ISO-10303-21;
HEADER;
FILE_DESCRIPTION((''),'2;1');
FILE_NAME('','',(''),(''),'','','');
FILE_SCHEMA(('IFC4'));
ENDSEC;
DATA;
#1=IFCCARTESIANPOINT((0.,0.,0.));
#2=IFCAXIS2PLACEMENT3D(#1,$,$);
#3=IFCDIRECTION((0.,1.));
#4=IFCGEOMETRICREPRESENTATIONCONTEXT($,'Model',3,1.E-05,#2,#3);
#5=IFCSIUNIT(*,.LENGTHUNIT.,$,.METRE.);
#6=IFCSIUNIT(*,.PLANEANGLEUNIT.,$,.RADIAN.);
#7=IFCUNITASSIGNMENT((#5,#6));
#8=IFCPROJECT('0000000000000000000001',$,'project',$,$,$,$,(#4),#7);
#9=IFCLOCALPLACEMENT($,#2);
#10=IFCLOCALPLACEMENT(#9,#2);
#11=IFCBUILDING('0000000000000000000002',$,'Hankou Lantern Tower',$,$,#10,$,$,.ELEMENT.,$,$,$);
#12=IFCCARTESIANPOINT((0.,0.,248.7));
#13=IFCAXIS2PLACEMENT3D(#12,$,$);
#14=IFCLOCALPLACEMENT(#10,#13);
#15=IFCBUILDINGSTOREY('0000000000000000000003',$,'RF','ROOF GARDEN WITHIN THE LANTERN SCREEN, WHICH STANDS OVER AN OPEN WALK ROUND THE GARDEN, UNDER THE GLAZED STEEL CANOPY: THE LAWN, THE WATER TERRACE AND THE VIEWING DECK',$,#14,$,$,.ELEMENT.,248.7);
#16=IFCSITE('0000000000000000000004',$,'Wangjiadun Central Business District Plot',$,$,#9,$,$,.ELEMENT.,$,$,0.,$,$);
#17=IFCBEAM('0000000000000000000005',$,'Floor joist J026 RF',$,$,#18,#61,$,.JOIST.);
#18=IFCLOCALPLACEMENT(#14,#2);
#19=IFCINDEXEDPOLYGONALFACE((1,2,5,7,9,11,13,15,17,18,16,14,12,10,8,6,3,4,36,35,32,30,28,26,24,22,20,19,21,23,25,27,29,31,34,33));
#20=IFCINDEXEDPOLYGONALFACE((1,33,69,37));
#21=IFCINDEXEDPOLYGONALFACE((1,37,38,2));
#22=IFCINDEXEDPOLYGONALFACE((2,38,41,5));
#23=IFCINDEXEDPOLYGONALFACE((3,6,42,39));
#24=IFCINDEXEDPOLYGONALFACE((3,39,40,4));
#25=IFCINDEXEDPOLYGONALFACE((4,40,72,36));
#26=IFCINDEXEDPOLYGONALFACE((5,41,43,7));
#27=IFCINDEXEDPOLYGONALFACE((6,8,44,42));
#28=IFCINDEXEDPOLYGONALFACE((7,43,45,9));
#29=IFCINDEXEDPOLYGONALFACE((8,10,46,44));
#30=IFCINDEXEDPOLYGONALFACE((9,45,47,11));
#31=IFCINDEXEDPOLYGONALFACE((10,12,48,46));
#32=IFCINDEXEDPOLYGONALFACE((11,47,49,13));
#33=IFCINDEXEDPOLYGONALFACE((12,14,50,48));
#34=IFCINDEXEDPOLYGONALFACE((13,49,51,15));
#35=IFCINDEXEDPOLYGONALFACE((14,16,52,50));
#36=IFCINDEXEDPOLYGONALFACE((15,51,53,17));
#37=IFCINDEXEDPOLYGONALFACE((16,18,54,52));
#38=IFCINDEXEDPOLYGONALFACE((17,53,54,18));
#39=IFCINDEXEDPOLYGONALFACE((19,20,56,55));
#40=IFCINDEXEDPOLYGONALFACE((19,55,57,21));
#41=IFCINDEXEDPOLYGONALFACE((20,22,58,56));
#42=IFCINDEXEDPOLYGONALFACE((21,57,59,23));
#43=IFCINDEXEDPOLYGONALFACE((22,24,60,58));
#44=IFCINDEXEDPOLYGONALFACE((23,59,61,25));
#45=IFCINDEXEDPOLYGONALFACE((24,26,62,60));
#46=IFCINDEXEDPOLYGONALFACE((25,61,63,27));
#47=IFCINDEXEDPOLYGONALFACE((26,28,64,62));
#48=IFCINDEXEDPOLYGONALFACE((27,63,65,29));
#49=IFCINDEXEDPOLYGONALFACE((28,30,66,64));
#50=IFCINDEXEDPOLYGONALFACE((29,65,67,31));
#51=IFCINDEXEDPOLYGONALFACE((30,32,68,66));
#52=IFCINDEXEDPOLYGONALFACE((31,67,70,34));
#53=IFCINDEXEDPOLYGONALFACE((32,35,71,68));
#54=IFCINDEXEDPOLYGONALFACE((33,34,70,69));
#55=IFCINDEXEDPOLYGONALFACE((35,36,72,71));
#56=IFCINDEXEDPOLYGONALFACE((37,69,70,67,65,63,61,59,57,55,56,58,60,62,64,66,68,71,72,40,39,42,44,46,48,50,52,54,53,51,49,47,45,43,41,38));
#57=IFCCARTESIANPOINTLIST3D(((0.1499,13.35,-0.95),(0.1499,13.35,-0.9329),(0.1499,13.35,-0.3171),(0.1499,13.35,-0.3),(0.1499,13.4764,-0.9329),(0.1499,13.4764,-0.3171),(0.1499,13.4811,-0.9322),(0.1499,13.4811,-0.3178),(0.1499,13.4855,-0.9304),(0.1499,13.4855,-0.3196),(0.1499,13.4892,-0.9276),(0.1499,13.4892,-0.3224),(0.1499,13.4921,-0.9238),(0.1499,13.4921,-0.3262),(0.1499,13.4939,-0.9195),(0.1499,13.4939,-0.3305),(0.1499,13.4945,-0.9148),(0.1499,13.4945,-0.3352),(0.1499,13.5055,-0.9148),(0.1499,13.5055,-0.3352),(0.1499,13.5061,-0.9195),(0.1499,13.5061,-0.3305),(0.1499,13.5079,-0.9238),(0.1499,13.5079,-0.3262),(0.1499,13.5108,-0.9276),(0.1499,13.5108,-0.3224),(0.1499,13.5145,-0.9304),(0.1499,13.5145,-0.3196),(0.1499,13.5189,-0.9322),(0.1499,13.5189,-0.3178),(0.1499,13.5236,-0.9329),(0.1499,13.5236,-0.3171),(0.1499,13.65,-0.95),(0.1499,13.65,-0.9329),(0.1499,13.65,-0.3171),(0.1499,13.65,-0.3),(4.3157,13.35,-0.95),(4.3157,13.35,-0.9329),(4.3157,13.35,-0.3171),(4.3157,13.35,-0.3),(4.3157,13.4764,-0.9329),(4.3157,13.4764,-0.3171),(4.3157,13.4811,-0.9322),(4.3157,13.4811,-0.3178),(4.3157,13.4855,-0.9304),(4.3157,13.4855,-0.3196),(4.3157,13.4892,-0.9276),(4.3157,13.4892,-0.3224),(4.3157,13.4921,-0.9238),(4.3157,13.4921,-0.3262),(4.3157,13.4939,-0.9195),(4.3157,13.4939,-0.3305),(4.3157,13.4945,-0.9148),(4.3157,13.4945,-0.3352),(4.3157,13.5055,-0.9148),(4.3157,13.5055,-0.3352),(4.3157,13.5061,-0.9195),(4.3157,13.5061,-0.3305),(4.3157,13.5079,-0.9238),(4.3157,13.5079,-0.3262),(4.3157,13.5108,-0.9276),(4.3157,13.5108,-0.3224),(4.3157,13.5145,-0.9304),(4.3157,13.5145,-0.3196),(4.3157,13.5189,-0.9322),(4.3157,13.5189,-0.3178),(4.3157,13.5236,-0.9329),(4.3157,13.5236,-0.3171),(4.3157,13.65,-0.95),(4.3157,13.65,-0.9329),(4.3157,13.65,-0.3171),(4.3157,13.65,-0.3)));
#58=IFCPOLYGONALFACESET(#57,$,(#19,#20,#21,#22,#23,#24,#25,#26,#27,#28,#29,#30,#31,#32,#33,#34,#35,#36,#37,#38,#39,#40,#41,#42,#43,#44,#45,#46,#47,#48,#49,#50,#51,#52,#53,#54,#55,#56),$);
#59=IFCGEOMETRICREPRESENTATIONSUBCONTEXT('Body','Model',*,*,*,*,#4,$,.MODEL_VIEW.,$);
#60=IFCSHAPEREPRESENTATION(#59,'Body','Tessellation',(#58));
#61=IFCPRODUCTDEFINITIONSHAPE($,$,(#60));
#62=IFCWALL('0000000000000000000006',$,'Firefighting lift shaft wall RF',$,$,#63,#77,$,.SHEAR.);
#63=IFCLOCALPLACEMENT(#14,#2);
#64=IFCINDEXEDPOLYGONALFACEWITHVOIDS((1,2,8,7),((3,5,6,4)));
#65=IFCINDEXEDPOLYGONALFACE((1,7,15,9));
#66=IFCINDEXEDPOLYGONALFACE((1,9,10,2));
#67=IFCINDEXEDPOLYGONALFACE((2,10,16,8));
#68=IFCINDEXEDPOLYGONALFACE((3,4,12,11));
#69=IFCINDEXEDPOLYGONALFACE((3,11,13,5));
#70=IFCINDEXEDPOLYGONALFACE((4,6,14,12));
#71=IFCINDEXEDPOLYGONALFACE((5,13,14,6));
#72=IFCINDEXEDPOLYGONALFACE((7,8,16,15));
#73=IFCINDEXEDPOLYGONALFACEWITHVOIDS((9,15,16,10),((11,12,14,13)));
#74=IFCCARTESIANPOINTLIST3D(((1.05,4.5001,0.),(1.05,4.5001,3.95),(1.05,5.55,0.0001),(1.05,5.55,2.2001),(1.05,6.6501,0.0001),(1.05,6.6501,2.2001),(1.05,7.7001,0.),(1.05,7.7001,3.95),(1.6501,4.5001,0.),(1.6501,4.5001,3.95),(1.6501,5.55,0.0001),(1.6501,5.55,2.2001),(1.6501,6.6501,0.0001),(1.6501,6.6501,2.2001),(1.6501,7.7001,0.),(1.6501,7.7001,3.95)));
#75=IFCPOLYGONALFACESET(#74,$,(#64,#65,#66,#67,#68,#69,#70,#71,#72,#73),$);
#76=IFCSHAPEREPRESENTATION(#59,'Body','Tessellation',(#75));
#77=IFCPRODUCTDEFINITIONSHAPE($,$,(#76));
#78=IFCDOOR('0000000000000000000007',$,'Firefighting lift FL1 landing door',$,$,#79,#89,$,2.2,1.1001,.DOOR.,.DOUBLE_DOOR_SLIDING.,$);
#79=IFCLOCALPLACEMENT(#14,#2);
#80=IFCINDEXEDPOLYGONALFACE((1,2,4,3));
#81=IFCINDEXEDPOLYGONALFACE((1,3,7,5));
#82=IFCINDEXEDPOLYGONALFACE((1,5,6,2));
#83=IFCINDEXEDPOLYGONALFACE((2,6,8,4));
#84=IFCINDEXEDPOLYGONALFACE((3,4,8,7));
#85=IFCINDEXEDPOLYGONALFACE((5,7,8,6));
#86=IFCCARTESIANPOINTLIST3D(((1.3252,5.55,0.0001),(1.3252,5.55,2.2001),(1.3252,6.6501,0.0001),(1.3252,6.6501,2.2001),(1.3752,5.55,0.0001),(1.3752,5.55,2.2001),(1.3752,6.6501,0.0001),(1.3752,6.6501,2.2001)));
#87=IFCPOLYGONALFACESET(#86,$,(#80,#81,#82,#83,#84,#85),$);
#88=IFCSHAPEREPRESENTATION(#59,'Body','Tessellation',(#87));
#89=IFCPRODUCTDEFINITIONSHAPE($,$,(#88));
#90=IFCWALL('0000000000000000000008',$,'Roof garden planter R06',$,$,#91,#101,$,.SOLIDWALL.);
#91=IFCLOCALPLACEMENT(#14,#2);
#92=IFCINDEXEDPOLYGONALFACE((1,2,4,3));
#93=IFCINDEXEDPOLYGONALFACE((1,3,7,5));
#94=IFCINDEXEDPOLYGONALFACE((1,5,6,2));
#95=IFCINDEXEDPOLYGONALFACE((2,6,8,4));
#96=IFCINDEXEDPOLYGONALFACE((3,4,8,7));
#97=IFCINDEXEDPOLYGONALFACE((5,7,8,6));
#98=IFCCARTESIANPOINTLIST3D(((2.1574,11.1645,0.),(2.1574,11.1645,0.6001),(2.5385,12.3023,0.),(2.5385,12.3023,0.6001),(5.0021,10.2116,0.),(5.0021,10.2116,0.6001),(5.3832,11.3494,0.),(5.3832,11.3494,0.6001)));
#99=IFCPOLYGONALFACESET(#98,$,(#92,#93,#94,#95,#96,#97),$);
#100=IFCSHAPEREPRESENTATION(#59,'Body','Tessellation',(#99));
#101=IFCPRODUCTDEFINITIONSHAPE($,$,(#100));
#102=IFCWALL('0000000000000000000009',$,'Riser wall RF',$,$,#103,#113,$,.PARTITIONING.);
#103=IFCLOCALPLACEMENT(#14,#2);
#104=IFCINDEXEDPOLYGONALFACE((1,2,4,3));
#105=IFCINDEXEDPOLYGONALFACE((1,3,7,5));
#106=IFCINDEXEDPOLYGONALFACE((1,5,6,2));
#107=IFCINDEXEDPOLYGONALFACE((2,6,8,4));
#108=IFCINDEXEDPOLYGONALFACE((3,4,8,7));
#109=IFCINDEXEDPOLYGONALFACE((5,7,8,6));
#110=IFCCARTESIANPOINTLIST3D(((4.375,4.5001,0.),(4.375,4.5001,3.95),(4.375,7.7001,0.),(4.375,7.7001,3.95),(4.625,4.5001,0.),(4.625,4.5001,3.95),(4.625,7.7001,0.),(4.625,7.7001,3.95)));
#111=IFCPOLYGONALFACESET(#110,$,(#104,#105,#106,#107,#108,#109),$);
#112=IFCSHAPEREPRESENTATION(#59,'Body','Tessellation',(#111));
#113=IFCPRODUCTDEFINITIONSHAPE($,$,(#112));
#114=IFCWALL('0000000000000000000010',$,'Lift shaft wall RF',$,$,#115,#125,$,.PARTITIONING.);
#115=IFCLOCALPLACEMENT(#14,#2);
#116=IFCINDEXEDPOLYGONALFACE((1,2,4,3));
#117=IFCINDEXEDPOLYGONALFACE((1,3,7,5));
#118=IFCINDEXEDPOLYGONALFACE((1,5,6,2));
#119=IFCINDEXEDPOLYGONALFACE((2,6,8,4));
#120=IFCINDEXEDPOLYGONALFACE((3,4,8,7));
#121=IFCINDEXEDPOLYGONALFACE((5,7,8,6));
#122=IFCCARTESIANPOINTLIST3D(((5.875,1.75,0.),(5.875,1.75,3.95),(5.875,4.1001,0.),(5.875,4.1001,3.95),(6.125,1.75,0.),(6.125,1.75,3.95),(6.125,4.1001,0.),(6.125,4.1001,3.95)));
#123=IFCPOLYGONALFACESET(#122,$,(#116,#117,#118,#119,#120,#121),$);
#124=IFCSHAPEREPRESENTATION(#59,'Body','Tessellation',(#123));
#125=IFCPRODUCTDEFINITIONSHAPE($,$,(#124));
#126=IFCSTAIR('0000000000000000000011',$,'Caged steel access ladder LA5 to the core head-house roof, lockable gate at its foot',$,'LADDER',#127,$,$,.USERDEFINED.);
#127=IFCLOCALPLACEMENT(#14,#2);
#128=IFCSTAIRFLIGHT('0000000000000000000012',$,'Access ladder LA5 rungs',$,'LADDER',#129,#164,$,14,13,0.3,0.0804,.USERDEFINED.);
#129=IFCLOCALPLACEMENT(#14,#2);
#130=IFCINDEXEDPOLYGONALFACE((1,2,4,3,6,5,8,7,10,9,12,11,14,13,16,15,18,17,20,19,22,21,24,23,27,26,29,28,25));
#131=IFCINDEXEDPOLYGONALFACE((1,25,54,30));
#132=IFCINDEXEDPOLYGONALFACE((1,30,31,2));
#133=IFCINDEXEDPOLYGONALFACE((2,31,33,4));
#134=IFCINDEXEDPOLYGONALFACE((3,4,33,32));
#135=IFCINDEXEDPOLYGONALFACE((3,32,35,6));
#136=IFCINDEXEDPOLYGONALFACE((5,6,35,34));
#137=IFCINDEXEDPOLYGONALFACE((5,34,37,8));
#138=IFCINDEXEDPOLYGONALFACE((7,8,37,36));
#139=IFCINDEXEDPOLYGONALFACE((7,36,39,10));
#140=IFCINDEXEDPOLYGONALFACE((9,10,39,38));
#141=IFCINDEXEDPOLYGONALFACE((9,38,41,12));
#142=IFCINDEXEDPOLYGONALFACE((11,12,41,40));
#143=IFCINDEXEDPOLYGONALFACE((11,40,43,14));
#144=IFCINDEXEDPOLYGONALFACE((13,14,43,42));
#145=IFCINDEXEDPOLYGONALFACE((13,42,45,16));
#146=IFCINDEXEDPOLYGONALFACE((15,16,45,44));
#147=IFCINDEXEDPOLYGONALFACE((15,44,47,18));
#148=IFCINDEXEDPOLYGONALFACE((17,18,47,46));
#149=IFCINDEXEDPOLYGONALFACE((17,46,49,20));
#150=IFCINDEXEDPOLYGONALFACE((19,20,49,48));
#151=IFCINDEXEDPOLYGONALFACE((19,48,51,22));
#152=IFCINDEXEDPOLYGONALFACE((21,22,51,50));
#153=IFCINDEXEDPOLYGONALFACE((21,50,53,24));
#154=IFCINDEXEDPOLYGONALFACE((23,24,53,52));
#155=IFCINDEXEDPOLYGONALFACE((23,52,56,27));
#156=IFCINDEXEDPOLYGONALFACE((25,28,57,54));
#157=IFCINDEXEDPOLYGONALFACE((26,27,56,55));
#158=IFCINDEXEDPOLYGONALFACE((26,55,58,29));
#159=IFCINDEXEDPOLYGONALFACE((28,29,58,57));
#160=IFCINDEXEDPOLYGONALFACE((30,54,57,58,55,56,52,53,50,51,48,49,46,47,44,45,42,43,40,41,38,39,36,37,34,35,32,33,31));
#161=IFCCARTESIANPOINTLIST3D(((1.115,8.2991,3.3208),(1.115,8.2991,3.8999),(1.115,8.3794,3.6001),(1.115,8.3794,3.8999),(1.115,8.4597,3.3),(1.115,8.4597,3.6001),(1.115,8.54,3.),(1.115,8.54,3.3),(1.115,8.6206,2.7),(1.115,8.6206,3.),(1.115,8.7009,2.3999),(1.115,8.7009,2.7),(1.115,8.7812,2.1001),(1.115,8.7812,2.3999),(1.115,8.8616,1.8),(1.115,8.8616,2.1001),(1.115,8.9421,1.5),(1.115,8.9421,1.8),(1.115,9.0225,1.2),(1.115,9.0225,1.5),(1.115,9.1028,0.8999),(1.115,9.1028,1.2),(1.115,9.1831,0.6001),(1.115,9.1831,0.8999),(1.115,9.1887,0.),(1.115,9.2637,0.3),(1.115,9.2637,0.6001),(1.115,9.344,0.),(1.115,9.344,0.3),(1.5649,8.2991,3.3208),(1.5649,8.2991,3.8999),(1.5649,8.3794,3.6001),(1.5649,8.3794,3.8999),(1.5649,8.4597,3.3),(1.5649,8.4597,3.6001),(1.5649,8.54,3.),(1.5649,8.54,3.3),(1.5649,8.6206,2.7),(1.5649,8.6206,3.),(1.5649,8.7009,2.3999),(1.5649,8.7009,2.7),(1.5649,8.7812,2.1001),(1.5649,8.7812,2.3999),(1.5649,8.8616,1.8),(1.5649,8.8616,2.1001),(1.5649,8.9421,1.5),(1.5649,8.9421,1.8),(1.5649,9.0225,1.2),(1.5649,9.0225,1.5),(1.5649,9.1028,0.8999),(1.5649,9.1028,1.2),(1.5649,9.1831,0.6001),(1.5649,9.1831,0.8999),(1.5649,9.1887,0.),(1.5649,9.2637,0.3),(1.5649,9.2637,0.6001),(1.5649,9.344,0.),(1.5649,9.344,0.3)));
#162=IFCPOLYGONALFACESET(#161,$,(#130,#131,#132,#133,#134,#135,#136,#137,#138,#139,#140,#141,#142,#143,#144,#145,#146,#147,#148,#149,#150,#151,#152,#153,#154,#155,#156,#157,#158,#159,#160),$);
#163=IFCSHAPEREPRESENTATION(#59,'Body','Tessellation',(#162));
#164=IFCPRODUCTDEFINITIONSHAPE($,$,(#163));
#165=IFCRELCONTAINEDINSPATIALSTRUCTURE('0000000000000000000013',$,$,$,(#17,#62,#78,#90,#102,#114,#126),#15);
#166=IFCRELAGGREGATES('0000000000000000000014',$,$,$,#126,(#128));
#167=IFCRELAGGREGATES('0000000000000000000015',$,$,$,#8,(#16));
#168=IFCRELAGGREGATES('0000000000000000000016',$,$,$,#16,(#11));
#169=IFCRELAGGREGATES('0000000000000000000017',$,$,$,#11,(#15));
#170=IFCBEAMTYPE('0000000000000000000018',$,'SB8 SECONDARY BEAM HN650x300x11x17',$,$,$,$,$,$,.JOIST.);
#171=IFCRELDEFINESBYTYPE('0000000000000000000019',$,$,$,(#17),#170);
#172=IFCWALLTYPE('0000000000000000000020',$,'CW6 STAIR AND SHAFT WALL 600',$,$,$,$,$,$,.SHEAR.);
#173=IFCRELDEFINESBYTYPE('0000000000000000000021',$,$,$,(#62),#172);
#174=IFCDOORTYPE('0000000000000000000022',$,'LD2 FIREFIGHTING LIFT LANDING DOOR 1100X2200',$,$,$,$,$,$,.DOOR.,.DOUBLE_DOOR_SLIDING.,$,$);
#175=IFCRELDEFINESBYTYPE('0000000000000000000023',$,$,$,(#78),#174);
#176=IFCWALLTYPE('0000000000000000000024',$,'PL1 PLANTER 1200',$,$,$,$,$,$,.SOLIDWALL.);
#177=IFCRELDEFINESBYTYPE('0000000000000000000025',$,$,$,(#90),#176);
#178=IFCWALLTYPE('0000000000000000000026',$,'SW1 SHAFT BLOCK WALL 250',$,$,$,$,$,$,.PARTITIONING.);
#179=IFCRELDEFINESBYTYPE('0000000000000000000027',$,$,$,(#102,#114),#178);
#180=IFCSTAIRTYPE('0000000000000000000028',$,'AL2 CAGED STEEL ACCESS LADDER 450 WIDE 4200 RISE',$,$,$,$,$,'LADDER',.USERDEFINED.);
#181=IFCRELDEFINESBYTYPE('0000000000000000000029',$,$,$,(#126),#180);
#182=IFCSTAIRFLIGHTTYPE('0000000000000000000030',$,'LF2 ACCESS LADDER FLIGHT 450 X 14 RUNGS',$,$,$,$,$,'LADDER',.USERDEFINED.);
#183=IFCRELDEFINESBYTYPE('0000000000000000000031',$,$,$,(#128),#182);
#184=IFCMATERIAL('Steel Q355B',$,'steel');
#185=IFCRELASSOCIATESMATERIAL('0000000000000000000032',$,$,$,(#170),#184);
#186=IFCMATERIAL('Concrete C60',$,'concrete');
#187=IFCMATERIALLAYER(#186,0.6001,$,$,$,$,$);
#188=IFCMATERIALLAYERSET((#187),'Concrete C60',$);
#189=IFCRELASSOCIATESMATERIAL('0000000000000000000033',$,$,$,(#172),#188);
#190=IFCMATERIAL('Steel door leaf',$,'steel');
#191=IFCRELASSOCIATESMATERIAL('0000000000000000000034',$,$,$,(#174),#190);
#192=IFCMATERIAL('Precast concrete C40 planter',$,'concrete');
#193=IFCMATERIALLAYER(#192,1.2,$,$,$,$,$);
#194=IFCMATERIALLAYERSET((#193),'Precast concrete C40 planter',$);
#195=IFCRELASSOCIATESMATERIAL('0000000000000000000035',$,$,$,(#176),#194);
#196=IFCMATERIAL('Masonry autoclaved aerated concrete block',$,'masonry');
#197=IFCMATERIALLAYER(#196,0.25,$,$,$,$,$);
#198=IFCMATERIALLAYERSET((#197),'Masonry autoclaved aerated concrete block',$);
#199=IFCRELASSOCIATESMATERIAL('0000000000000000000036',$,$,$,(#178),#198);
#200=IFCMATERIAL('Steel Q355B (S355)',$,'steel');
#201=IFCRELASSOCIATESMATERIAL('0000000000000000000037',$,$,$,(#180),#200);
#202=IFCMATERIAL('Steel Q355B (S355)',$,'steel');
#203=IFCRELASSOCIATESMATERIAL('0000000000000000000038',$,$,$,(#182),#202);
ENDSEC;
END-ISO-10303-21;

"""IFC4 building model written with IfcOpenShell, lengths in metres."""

from ifc_helpers import new_model, si_unit, direction, frame, frame_2d, origin, origin_2d, place, context, subcontext, project, spatial, polyline, rectangle, i_section, outline, extrude, material, layer, layer_set, material_profile, profile_set, type_object, element, fill, aggregate, save


model = new_model("IFC4")

# Units and contexts
model_context = context("Model", 3, precision=1e-05, world=origin(), true_north=direction((0.0, 1.0)))
body_context = subcontext(model_context, "Body", "Model", "MODEL_VIEW")
ifc_project = project(units=[si_unit("LENGTHUNIT", "METRE"), si_unit("PLANEANGLEUNIT", "RADIAN")], contexts=[model_context])

# Site, building, storey
site_placement = place(None, origin())
site = spatial("IfcSite", under=ifc_project, at=site_placement, Name="Wangjiadun Central Business District Plot", CompositionType="ELEMENT", RefElevation=0.0)
building_placement = place(site_placement, origin())
building = spatial("IfcBuilding", under=site, at=building_placement, Name="Hankou Lantern Tower", CompositionType="ELEMENT")
storey_placement = place(building_placement, frame((0.0, 0.0, 248.7)))
storey = spatial("IfcBuildingStorey", under=building, at=storey_placement, Name="RF", Description="ROOF GARDEN WITHIN THE LANTERN SCREEN, WHICH STANDS OVER AN OPEN WALK ROUND THE GARDEN, UNDER THE GLAZED STEEL CANOPY: THE LAWN, THE WATER TERRACE AND THE VIEWING DECK", CompositionType="ELEMENT", Elevation=248.7)

# Beam
ifc_material_1 = material(Name="Steel Q355B", Category="steel")
ifc_material_profile_1 = material_profile(ifc_material_1, i_section(OverallWidth=0.3, OverallDepth=0.6499, WebThickness=0.011, FlangeThickness=0.0171, FilletRadius=0.0181, at=origin_2d()), Name="HN650x300x11x17")
ifc_profile_set_1 = profile_set([ifc_material_profile_1], Name="Steel Q355B")
beam_type_1 = type_object("IfcBeamType", Name="SB8 SECONDARY BEAM HN650x300x11x17", PredefinedType="JOIST", material=ifc_profile_set_1)
beam_1_placement = place(storey_placement, frame((0.1499, 13.5, -0.625), z_axis=(1.0, 0.0, 0.0), x_axis=(0.0, 1.0, 0.0)))
element("IfcBeam", 1, at=beam_1_placement, inside=storey, type_object=beam_type_1, Name="Floor joist J026 RF", PredefinedType="JOIST", context=body_context, shape_type="SweptSolid", body=[
    extrude(i_section(OverallWidth=0.3, OverallDepth=0.6499, WebThickness=0.011, FlangeThickness=0.0171, FilletRadius=0.0181, at=origin_2d()), origin(), (0.0, 0.0, 1.0), 4.1658),
])

# Wall, opening, door
ifc_material_2 = material(Name="Concrete C60", Category="concrete")
ifc_layer_1 = layer(ifc_material_2, 0.6001)
ifc_layer_set_1 = layer_set([ifc_layer_1], Name="Concrete C60")
wall_type_1 = type_object("IfcWallType", Name="CW6 STAIR AND SHAFT WALL 600", PredefinedType="SHEAR", material=ifc_layer_set_1)
wall_1_placement = place(storey_placement, frame((1.3501, 4.5, 0.0), z_axis=(0.0, 0.0, 1.0), x_axis=(0.0, 1.0, 0.0)))
wall_1 = element("IfcWall", 2, at=wall_1_placement, inside=storey, type_object=wall_type_1, Name="Firefighting lift shaft wall RF", PredefinedType="SHEAR", context=body_context, shape_type="SweptSolid", body=[
    extrude(rectangle(XDim=3.2, YDim=0.6001, at=frame_2d((1.6001, 0.0))), origin(), (0.0, 0.0, 1.0), 3.95),
])
opening_placement = place(wall_1_placement, frame((1.05, 0.0, 0.0)))
opening = element("IfcOpeningElement", 3, at=opening_placement, cuts=wall_1, PredefinedType="OPENING", context=body_context, shape_type="SweptSolid", body=[
    extrude(rectangle(XDim=1.1001, YDim=2.2, at=frame_2d((0.55, 1.1001))), frame((0.0, 0.3101, 0.0), z_axis=(0.0, -1.0, 0.0), x_axis=(1.0, 0.0, 0.0)), (0.0, 0.0, 1.0), 0.6201),
])
ifc_material_3 = material(Name="Steel door leaf", Category="steel")
door_type = type_object("IfcDoorType", Name="LD2 FIREFIGHTING LIFT LANDING DOOR 1100X2200", OperationType="DOUBLE_DOOR_SLIDING", PredefinedType="DOOR", material=ifc_material_3)
door_placement = place(opening_placement, origin())
door = element("IfcDoor", 4, at=door_placement, inside=storey, type_object=door_type, Name="Firefighting lift FL1 landing door", OperationType="DOUBLE_DOOR_SLIDING", OverallHeight=2.2, OverallWidth=1.1001, PredefinedType="DOOR", context=body_context, shape_type="SweptSolid", body=[
    extrude(rectangle(XDim=1.1001, YDim=2.2, at=frame_2d((0.55, 1.1001))), frame((0.0, 0.0249, 0.0), z_axis=(0.0, -1.0, 0.0), x_axis=(1.0, 0.0, 0.0)), (0.0, 0.0, 1.0), 0.05),
])
fill(opening, door)

# Walls
ifc_material_4 = material(Name="Precast concrete C40 planter", Category="concrete")
ifc_layer_2 = layer(ifc_material_4, 1.2)
ifc_layer_set_2 = layer_set([ifc_layer_2], Name="Precast concrete C40 planter")
wall_type_2 = type_object("IfcWallType", Name="PL1 PLANTER 1200", PredefinedType="SOLIDWALL", material=ifc_layer_set_2)
wall_2_placement = place(storey_placement, frame((5.1926, 10.7805, 0.0), z_axis=(0.0, 0.0, 1.0), x_axis=(-0.948218, 0.317619, 0.0)))
element("IfcWall", 5, at=wall_2_placement, inside=storey, type_object=wall_type_2, Name="Roof garden planter R06", PredefinedType="SOLIDWALL", context=body_context, shape_type="SweptSolid", body=[
    extrude(rectangle(XDim=3.0, YDim=1.2, at=frame_2d((1.5, 0.0))), origin(), (0.0, 0.0, 1.0), 0.6001),
])
ifc_material_5 = material(Name="Masonry autoclaved aerated concrete block", Category="masonry")
ifc_layer_3 = layer(ifc_material_5, 0.25)
ifc_layer_set_3 = layer_set([ifc_layer_3], Name="Masonry autoclaved aerated concrete block")
wall_type_3 = type_object("IfcWallType", Name="SW1 SHAFT BLOCK WALL 250", PredefinedType="PARTITIONING", material=ifc_layer_set_3)
wall_3_placement = place(storey_placement, frame((4.5, 4.5, 0.0), z_axis=(0.0, 0.0, 1.0), x_axis=(0.0, 1.0, 0.0)))
element("IfcWall", 6, at=wall_3_placement, inside=storey, type_object=wall_type_3, Name="Riser wall RF", PredefinedType="PARTITIONING", context=body_context, shape_type="SweptSolid", body=[
    extrude(rectangle(XDim=3.2, YDim=0.25, at=frame_2d((1.6001, 0.0))), origin(), (0.0, 0.0, 1.0), 3.95),
])
wall_4_placement = place(storey_placement, frame((6.0, 1.75, 0.0), z_axis=(0.0, 0.0, 1.0), x_axis=(0.0, 1.0, 0.0)))
element("IfcWall", 7, at=wall_4_placement, inside=storey, type_object=wall_type_3, Name="Lift shaft wall RF", PredefinedType="PARTITIONING", context=body_context, shape_type="SweptSolid", body=[
    extrude(rectangle(XDim=2.3501, YDim=0.25, at=frame_2d((1.175, 0.0))), origin(), (0.0, 0.0, 1.0), 3.95),
])

# Stair, stair flight
ifc_material_6 = material(Name="Steel Q355B (S355)", Category="steel")
stair_type = type_object("IfcStairType", Name="AL2 CAGED STEEL ACCESS LADDER 450 WIDE 4200 RISE", ElementType="LADDER", PredefinedType="USERDEFINED", material=ifc_material_6)
stair_placement = place(storey_placement, origin())
stair = element("IfcStair", 8, at=stair_placement, inside=storey, type_object=stair_type, Name="Caged steel access ladder LA5 to the core head-house roof, lockable gate at its foot", ObjectType="LADDER", PredefinedType="USERDEFINED")
ifc_material_7 = material(Name="Steel Q355B (S355)", Category="steel")
stair_flight_type = type_object("IfcStairFlightType", Name="LF2 ACCESS LADDER FLIGHT 450 X 14 RUNGS", ElementType="LADDER", PredefinedType="USERDEFINED", material=ifc_material_7)
stair_flight_placement = place(storey_placement, frame((1.3398, 9.344, 0.0), z_axis=(0.0, 0.0, 1.0), x_axis=(0.0, -1.0, 0.0)))
stair_flight = element("IfcStairFlight", 9, at=stair_flight_placement, type_object=stair_flight_type, Name="Access ladder LA5 rungs", ObjectType="LADDER", NumberOfRisers=14, NumberOfTreads=13, PredefinedType="USERDEFINED", RiserHeight=0.3, TreadLength=0.0804, context=body_context, shape_type="SweptSolid", body=[
    extrude(outline(polyline([(0.0, 0.0), (0.0, 0.3), (0.0803, 0.3), (0.0803, 0.6001), (0.1609, 0.6001), (0.1609, 0.8999), (0.2412, 0.8999), (0.2412, 1.2), (0.3215, 1.2), (0.3215, 1.5), (0.4019, 1.5), (0.4019, 1.8), (0.4824, 1.8), (0.4824, 2.1001), (0.5627, 2.1001), (0.5627, 2.3999), (0.6431, 2.3999), (0.6431, 2.7), (0.7234, 2.7), (0.7234, 3.0), (0.804, 3.0), (0.804, 3.3), (0.8843, 3.3), (0.8843, 3.6001), (0.9646, 3.6001), (0.9646, 3.8999), (1.0449, 3.8999), (1.0449, 4.2), (1.0449, 3.3208), (0.1553, 0.0), (0.0, 0.0)])), frame((0.0, 0.2251, 0.0), z_axis=(0.0, -1.0, 0.0), x_axis=(1.0, 0.0, 0.0)), (0.0, 0.0, 1.0), 0.45),
])
aggregate(stair, [stair_flight])

save(model, "model.ifc")
